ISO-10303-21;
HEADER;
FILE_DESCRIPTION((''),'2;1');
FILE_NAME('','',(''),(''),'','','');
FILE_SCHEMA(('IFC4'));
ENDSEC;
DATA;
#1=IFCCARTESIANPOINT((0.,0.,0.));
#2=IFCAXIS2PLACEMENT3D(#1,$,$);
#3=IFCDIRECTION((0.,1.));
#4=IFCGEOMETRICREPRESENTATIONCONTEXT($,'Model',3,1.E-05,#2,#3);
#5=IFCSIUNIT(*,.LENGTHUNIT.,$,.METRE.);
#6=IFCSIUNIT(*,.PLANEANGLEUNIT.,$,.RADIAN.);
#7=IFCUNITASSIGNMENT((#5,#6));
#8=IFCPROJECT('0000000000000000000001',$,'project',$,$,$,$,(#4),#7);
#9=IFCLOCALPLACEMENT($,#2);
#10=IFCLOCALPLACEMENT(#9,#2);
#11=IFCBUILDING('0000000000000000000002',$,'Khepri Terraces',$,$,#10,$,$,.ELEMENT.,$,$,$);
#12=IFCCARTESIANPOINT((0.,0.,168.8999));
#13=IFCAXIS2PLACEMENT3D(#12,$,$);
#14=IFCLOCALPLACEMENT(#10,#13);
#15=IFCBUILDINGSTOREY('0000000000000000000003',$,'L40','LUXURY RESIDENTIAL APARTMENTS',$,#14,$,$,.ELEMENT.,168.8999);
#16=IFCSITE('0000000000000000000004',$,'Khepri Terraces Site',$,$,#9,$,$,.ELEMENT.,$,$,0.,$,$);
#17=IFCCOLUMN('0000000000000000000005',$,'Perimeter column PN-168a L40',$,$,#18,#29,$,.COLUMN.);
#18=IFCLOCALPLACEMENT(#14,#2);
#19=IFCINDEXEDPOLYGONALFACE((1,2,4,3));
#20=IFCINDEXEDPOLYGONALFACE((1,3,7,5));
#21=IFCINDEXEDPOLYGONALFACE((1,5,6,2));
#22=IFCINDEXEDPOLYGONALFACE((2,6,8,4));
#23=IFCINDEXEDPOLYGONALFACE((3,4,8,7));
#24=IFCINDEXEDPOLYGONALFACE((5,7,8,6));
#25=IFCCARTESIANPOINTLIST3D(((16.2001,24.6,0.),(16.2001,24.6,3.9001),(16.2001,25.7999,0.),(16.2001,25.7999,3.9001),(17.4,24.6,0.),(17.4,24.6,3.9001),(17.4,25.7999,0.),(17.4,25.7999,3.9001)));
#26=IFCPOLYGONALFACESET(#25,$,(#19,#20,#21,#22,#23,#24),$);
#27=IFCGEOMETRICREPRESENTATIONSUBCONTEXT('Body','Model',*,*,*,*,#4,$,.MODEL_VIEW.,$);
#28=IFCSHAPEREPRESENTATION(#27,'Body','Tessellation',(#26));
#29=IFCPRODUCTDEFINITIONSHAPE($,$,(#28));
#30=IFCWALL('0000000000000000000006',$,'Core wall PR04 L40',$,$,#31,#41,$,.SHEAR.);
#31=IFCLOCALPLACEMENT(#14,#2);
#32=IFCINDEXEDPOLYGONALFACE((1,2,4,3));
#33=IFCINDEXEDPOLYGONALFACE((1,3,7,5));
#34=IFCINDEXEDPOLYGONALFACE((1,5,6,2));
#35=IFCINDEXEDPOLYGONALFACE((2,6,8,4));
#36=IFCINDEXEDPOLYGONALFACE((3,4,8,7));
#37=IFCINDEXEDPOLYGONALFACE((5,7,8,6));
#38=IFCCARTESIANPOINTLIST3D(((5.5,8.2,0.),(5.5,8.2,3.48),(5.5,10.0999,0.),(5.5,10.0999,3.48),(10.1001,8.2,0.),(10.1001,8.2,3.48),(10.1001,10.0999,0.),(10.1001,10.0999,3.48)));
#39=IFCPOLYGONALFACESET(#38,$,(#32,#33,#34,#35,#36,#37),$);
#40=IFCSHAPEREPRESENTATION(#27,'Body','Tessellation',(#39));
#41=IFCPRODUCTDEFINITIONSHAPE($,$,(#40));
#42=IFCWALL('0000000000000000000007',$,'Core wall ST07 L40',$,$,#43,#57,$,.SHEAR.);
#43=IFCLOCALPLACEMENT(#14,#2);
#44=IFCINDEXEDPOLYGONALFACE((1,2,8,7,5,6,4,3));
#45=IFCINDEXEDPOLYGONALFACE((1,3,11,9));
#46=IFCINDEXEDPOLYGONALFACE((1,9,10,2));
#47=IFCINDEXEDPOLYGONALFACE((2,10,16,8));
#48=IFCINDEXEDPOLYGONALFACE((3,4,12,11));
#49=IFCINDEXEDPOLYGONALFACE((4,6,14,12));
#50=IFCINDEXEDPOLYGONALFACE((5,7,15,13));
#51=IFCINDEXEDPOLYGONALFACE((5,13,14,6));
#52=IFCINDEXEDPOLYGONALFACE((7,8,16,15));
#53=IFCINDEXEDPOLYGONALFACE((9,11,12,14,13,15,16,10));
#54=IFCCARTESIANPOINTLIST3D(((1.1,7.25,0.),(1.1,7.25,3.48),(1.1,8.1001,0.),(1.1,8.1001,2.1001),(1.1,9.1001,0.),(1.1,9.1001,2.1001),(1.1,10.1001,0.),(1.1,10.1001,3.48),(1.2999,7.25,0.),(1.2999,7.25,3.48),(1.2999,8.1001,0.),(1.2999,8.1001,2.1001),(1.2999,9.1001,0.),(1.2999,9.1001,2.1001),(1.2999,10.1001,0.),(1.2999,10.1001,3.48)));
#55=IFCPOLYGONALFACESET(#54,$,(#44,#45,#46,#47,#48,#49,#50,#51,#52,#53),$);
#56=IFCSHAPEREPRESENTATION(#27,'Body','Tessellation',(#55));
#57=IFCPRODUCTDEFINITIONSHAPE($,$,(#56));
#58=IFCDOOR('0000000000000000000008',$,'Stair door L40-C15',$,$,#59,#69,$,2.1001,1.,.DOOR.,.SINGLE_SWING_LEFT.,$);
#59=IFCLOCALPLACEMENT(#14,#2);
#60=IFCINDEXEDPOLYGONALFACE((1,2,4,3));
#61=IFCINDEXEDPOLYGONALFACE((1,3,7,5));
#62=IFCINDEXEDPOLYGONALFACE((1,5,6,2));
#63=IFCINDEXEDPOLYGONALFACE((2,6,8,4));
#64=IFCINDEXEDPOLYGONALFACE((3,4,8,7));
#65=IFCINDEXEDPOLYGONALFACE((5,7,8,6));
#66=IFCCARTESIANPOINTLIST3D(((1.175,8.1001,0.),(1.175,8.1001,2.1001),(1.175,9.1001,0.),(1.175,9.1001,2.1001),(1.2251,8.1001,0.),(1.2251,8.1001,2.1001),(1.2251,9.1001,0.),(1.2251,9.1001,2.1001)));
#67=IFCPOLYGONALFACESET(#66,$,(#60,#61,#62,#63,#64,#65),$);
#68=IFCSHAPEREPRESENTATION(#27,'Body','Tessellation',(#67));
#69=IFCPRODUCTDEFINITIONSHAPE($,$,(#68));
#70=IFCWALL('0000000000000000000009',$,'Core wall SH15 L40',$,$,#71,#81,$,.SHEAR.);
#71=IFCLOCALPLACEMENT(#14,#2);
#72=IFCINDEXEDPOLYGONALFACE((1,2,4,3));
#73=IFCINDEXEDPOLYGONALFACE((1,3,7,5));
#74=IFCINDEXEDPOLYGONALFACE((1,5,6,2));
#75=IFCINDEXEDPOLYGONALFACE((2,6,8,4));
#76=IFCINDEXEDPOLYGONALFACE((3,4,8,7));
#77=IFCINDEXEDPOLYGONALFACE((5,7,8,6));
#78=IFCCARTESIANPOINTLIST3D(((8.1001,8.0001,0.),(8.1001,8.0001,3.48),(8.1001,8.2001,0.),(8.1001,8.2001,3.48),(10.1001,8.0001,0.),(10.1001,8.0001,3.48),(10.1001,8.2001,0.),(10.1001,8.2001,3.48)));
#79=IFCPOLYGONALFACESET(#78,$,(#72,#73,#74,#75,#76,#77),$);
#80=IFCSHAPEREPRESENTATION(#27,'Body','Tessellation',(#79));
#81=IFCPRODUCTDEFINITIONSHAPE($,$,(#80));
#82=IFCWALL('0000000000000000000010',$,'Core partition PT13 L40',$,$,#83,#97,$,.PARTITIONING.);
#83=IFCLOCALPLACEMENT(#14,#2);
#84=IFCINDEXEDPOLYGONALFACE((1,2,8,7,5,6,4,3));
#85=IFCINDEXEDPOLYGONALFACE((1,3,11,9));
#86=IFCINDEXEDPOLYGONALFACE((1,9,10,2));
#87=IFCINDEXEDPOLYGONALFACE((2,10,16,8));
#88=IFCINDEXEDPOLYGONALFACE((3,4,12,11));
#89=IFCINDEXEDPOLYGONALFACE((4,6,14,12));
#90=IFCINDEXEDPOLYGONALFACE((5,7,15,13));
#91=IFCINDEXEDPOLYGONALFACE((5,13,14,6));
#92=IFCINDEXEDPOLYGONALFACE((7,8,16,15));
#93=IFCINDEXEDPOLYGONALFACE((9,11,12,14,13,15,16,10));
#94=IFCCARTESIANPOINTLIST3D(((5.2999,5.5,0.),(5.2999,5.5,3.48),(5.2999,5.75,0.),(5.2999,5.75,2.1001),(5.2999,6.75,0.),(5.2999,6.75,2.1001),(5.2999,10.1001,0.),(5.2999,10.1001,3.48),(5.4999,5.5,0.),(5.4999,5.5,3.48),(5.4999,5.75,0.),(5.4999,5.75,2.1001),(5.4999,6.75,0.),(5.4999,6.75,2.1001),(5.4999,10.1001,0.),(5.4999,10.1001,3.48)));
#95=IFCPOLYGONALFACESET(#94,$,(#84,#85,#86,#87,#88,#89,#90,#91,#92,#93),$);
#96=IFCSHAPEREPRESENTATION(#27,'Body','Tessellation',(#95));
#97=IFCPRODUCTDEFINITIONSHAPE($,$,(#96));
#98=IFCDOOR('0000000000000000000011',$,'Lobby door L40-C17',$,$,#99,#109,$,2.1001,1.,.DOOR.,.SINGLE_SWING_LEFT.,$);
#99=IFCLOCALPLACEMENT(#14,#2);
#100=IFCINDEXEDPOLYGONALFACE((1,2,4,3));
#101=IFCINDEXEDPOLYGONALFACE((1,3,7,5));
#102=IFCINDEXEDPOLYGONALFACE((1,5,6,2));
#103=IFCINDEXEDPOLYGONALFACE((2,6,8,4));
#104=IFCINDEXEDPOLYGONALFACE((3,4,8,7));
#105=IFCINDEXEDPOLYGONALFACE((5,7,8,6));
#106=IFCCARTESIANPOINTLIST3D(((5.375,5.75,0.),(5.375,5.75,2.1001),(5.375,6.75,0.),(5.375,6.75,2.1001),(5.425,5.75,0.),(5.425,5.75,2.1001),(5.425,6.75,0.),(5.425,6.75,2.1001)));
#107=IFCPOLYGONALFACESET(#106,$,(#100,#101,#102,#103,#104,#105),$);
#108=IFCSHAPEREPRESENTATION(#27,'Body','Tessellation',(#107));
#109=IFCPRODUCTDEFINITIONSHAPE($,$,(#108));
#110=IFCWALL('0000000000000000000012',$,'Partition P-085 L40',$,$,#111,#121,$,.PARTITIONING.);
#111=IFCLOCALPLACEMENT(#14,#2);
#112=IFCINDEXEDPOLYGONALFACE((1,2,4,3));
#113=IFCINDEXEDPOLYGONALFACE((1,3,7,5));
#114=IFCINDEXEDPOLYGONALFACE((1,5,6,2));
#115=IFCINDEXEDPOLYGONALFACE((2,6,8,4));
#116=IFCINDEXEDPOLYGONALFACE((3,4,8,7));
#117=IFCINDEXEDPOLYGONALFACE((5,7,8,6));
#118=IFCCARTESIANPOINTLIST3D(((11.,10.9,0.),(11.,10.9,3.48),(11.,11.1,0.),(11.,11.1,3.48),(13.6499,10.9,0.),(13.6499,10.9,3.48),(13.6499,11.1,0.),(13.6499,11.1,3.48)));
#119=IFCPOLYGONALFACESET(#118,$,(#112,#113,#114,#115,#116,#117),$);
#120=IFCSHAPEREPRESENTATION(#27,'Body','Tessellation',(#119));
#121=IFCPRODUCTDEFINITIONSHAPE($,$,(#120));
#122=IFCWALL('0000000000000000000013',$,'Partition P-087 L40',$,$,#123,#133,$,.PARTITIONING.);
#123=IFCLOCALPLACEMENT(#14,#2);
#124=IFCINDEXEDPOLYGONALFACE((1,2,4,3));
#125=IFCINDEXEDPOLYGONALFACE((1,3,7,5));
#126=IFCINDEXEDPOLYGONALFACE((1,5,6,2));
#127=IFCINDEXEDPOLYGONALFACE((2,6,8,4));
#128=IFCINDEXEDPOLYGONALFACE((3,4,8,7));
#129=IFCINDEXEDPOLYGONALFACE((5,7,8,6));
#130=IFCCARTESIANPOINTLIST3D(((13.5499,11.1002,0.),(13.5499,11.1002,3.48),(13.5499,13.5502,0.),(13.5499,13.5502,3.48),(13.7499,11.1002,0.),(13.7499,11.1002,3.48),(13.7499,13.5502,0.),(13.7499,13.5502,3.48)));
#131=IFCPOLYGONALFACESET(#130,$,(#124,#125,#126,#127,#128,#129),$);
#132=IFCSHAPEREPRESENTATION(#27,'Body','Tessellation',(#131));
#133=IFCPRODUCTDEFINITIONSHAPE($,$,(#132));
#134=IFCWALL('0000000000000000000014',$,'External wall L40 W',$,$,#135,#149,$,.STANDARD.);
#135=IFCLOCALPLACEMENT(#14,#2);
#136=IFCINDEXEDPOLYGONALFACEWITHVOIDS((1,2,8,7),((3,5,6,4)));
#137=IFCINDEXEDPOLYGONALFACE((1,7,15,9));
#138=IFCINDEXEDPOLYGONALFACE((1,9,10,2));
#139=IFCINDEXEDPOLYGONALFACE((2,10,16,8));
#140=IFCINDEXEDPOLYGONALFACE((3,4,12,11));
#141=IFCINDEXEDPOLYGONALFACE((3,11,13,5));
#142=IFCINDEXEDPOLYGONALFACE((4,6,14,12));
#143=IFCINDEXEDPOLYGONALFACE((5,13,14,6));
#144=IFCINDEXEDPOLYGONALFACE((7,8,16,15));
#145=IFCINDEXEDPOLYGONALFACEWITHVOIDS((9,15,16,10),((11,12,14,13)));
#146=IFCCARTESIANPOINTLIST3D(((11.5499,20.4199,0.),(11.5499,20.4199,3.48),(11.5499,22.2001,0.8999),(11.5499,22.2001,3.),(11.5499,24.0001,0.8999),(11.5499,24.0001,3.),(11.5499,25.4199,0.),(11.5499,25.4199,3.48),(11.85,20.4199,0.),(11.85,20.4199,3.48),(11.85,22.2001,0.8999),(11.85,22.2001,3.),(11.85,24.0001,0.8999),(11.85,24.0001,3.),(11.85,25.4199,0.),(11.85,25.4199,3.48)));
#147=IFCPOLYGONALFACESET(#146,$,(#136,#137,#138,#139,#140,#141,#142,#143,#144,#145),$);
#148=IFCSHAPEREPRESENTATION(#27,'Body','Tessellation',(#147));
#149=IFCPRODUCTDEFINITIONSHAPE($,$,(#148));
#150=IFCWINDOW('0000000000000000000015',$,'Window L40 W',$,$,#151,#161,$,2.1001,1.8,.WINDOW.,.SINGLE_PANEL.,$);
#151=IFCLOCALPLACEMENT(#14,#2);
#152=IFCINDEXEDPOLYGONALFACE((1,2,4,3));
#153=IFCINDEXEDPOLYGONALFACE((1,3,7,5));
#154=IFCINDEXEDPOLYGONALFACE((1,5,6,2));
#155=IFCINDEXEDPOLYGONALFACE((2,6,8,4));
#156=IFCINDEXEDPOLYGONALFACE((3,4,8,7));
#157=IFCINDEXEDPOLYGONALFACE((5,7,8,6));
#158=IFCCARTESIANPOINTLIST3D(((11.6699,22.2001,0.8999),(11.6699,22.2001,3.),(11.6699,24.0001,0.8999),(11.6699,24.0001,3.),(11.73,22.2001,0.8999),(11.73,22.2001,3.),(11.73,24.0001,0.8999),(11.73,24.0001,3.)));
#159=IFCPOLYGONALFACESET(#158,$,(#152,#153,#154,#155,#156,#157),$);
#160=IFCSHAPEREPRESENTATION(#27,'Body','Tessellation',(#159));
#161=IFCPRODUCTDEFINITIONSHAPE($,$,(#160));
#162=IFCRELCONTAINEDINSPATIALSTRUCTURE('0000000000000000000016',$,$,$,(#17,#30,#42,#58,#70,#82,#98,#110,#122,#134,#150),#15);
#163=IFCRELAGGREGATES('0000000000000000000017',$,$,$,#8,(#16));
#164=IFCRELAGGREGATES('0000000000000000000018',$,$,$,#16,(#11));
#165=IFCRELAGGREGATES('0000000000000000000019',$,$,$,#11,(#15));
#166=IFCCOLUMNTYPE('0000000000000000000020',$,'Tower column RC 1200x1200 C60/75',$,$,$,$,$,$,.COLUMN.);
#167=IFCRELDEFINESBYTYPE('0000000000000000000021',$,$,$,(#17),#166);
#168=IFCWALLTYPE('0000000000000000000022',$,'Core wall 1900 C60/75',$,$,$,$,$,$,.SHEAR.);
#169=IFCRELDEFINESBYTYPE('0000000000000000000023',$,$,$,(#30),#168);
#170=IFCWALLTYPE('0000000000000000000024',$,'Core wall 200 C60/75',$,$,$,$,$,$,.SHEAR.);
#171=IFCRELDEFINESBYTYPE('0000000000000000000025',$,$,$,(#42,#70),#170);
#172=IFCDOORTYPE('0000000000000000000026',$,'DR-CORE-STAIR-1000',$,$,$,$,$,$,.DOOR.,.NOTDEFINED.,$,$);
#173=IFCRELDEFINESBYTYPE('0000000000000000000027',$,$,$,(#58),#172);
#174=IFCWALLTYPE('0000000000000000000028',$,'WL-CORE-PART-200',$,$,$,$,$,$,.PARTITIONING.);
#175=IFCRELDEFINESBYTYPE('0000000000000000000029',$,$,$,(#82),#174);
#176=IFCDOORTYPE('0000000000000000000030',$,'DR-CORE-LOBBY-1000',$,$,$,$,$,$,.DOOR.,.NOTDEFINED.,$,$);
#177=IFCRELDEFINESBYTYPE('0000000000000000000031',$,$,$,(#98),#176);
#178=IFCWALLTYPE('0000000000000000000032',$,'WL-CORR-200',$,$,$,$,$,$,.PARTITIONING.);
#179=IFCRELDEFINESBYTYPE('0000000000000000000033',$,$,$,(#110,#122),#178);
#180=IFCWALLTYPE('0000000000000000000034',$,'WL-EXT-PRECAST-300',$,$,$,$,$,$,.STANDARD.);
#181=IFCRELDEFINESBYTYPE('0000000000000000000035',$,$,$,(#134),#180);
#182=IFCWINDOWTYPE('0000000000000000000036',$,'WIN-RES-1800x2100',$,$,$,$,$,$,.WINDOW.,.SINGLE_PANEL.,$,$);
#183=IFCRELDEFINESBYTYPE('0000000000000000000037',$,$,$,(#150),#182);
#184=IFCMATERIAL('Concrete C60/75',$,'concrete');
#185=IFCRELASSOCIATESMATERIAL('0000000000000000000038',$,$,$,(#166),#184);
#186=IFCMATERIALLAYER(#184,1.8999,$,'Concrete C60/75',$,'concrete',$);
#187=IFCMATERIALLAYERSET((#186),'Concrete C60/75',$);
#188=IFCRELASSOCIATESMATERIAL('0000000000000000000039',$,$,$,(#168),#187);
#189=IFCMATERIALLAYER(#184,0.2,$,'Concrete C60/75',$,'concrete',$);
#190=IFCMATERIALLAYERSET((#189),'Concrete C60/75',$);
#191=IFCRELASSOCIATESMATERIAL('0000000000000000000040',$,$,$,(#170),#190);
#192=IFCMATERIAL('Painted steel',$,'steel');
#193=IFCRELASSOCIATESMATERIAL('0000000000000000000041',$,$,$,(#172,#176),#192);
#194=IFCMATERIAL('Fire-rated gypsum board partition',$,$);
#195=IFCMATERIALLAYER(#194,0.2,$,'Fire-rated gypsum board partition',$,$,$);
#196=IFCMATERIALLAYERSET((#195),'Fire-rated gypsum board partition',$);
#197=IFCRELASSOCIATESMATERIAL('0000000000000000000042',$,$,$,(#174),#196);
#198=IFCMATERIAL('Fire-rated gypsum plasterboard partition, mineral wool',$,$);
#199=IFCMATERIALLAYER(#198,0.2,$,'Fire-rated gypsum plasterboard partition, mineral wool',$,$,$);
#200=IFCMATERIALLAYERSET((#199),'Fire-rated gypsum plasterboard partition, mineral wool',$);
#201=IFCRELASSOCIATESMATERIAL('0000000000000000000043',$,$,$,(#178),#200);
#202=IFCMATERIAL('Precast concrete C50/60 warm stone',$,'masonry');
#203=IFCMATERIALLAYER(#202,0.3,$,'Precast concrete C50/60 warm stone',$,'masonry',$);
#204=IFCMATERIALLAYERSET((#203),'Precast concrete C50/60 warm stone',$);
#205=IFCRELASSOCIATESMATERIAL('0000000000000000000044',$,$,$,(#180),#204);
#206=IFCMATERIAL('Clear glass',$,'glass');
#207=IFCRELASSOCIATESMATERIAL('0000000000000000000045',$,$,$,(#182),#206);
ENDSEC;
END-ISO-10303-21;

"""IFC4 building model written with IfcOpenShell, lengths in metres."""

from ifc_helpers import new_model, si_unit, direction, frame, frame_2d, origin, origin_2d, place, context, subcontext, project, spatial, rectangle, extrude, material, layer, layer_set, material_profile, profile_set, type_object, element, fill, save


model = new_model("IFC4")

# Units and contexts
model_context = context("Model", 3, precision=1e-05, world=origin(), true_north=direction((0.0, 1.0)))
body_context = subcontext(model_context, "Body", "Model", "MODEL_VIEW")
ifc_project = project(units=[si_unit("LENGTHUNIT", "METRE"), si_unit("PLANEANGLEUNIT", "RADIAN")], contexts=[model_context])

# Site, building, storey
site_placement = place(None, origin())
site = spatial("IfcSite", under=ifc_project, at=site_placement, Name="Khepri Terraces Site", CompositionType="ELEMENT", RefElevation=0.0)
building_placement = place(site_placement, origin())
building = spatial("IfcBuilding", under=site, at=building_placement, Name="Khepri Terraces", CompositionType="ELEMENT")
storey_placement = place(building_placement, frame((0.0, 0.0, 168.8999)))
storey = spatial("IfcBuildingStorey", under=building, at=storey_placement, Name="L40", Description="LUXURY RESIDENTIAL APARTMENTS", CompositionType="ELEMENT", Elevation=168.8999)

# Column
ifc_material_1 = material(Name="Concrete C60/75", Category="concrete")
ifc_material_profile = material_profile(ifc_material_1, rectangle(XDim=1.2, YDim=1.2, at=origin_2d()), Name="Concrete C60/75", Category="concrete")
ifc_profile_set = profile_set([ifc_material_profile], Name="Concrete C60/75")
column_type = type_object("IfcColumnType", Name="Tower column RC 1200x1200 C60/75", PredefinedType="COLUMN", material=ifc_profile_set)
column_placement = place(storey_placement, frame((16.8, 25.2, 0.0), z_axis=(0.0, 0.0, 1.0), x_axis=(1.0, 0.0, 0.0)))
element("IfcColumn", 1, at=column_placement, inside=storey, type_object=column_type, Name="Perimeter column PN-168a L40", PredefinedType="COLUMN", context=body_context, shape_type="SweptSolid", body=[
    extrude(rectangle(XDim=1.2, YDim=1.2, at=origin_2d()), origin(), (0.0, 0.0, 1.0), 3.9001),
])

# Wall
ifc_layer_1 = layer(ifc_material_1, 1.8999, Name="Concrete C60/75", Category="concrete")
ifc_layer_set_1 = layer_set([ifc_layer_1], Name="Concrete C60/75")
wall_type_1 = type_object("IfcWallType", Name="Core wall 1900 C60/75", PredefinedType="SHEAR", material=ifc_layer_set_1)
wall_1_placement = place(storey_placement, frame((5.5, 9.1499, 0.0), z_axis=(0.0, 0.0, 1.0), x_axis=(1.0, 0.0, 0.0)))
element("IfcWall", 2, at=wall_1_placement, inside=storey, type_object=wall_type_1, Name="Core wall PR04 L40", PredefinedType="SHEAR", context=body_context, shape_type="SweptSolid", body=[
    extrude(rectangle(XDim=4.6001, YDim=1.8999, at=frame_2d((2.3, 0.0))), origin(), (0.0, 0.0, 1.0), 3.48),
])

# Wall, opening, door
ifc_layer_2 = layer(ifc_material_1, 0.2, Name="Concrete C60/75", Category="concrete")
ifc_layer_set_2 = layer_set([ifc_layer_2], Name="Concrete C60/75")
wall_type_2 = type_object("IfcWallType", Name="Core wall 200 C60/75", PredefinedType="SHEAR", material=ifc_layer_set_2)
wall_2_placement = place(storey_placement, frame((1.2, 7.25, 0.0), z_axis=(0.0, 0.0, 1.0), x_axis=(0.0, 1.0, 0.0)))
wall_2 = element("IfcWall", 3, at=wall_2_placement, inside=storey, type_object=wall_type_2, Name="Core wall ST07 L40", PredefinedType="SHEAR", context=body_context, shape_type="SweptSolid", body=[
    extrude(rectangle(XDim=2.8501, YDim=0.2, at=frame_2d((1.425, 0.0))), origin(), (0.0, 0.0, 1.0), 3.48),
])
opening_1_placement = place(wall_2_placement, frame((0.8501, 0.0, 0.0)))
opening_1 = element("IfcOpeningElement", 4, at=opening_1_placement, cuts=wall_2, PredefinedType="OPENING", context=body_context, shape_type="SweptSolid", body=[
    extrude(rectangle(XDim=1.0, YDim=2.1001, at=frame_2d((0.5, 1.05))), frame((0.0, 0.1099, 0.0), z_axis=(0.0, -1.0, 0.0), x_axis=(1.0, 0.0, 0.0)), (0.0, 0.0, 1.0), 0.22),
])
ifc_material_2 = material(Name="Painted steel", Category="steel")
door_type_1 = type_object("IfcDoorType", Name="DR-CORE-STAIR-1000", OperationType="NOTDEFINED", PredefinedType="DOOR", material=ifc_material_2)
door_1_placement = place(opening_1_placement, origin())
door_1 = element("IfcDoor", 5, at=door_1_placement, inside=storey, type_object=door_type_1, Name="Stair door L40-C15", OperationType="SINGLE_SWING_LEFT", OverallHeight=2.1001, OverallWidth=1.0, PredefinedType="DOOR", context=body_context, shape_type="SweptSolid", body=[
    extrude(rectangle(XDim=1.0, YDim=2.1001, at=frame_2d((0.5, 1.05))), frame((0.0, 0.0249, 0.0), z_axis=(0.0, -1.0, 0.0), x_axis=(1.0, 0.0, 0.0)), (0.0, 0.0, 1.0), 0.05),
])
fill(opening_1, door_1)

# Wall
wall_3_placement = place(storey_placement, frame((8.1001, 8.1001, 0.0), z_axis=(0.0, 0.0, 1.0), x_axis=(1.0, 0.0, 0.0)))
element("IfcWall", 6, at=wall_3_placement, inside=storey, type_object=wall_type_2, Name="Core wall SH15 L40", PredefinedType="SHEAR", context=body_context, shape_type="SweptSolid", body=[
    extrude(rectangle(XDim=2.0, YDim=0.2, at=frame_2d((1.0, 0.0))), origin(), (0.0, 0.0, 1.0), 3.48),
])

# Wall, opening, door
ifc_material_3 = material(Name="Fire-rated gypsum board partition")
ifc_layer_3 = layer(ifc_material_3, 0.2, Name="Fire-rated gypsum board partition")
ifc_layer_set_3 = layer_set([ifc_layer_3], Name="Fire-rated gypsum board partition")
wall_type_3 = type_object("IfcWallType", Name="WL-CORE-PART-200", PredefinedType="PARTITIONING", material=ifc_layer_set_3)
wall_4_placement = place(storey_placement, frame((5.3999, 5.5, 0.0), z_axis=(0.0, 0.0, 1.0), x_axis=(0.0, 1.0, 0.0)))
wall_4 = element("IfcWall", 7, at=wall_4_placement, inside=storey, type_object=wall_type_3, Name="Core partition PT13 L40", PredefinedType="PARTITIONING", context=body_context, shape_type="SweptSolid", body=[
    extrude(rectangle(XDim=4.6001, YDim=0.2, at=frame_2d((2.3, 0.0))), origin(), (0.0, 0.0, 1.0), 3.48),
])
opening_2_placement = place(wall_4_placement, frame((0.25, 0.0, 0.0)))
opening_2 = element("IfcOpeningElement", 8, at=opening_2_placement, cuts=wall_4, PredefinedType="OPENING", context=body_context, shape_type="SweptSolid", body=[
    extrude(rectangle(XDim=1.0, YDim=2.1001, at=frame_2d((0.5, 1.05))), frame((0.0, 0.1099, 0.0), z_axis=(0.0, -1.0, 0.0), x_axis=(1.0, 0.0, 0.0)), (0.0, 0.0, 1.0), 0.22),
])
door_type_2 = type_object("IfcDoorType", Name="DR-CORE-LOBBY-1000", OperationType="NOTDEFINED", PredefinedType="DOOR", material=ifc_material_2)
door_2_placement = place(opening_2_placement, origin())
door_2 = element("IfcDoor", 9, at=door_2_placement, inside=storey, type_object=door_type_2, Name="Lobby door L40-C17", OperationType="SINGLE_SWING_LEFT", OverallHeight=2.1001, OverallWidth=1.0, PredefinedType="DOOR", context=body_context, shape_type="SweptSolid", body=[
    extrude(rectangle(XDim=1.0, YDim=2.1001, at=frame_2d((0.5, 1.05))), frame((0.0, 0.0249, 0.0), z_axis=(0.0, -1.0, 0.0), x_axis=(1.0, 0.0, 0.0)), (0.0, 0.0, 1.0), 0.05),
])
fill(opening_2, door_2)

# Walls
ifc_material_4 = material(Name="Fire-rated gypsum plasterboard partition, mineral wool")
ifc_layer_4 = layer(ifc_material_4, 0.2, Name="Fire-rated gypsum plasterboard partition, mineral wool")
ifc_layer_set_4 = layer_set([ifc_layer_4], Name="Fire-rated gypsum plasterboard partition, mineral wool")
wall_type_4 = type_object("IfcWallType", Name="WL-CORR-200", PredefinedType="PARTITIONING", material=ifc_layer_set_4)
wall_5_placement = place(storey_placement, frame((11.0, 11.0, 0.0), z_axis=(0.0, 0.0, 1.0), x_axis=(1.0, 0.0, 0.0)))
element("IfcWall", 10, at=wall_5_placement, inside=storey, type_object=wall_type_4, Name="Partition P-085 L40", PredefinedType="PARTITIONING", context=body_context, shape_type="SweptSolid", body=[
    extrude(rectangle(XDim=2.6499, YDim=0.2, at=frame_2d((1.325, 0.0))), origin(), (0.0, 0.0, 1.0), 3.48),
])
wall_6_placement = place(storey_placement, frame((13.6499, 11.1001, 0.0), z_axis=(0.0, 0.0, 1.0), x_axis=(0.0, 1.0, 0.0)))
element("IfcWall", 11, at=wall_6_placement, inside=storey, type_object=wall_type_4, Name="Partition P-087 L40", PredefinedType="PARTITIONING", context=body_context, shape_type="SweptSolid", body=[
    extrude(rectangle(XDim=2.45, YDim=0.2, at=frame_2d((1.2251, 0.0))), origin(), (0.0, 0.0, 1.0), 3.48),
])

# Shared definitions
ifc_material_5 = material(Name="Precast concrete C50/60 warm stone", Category="masonry")
ifc_layer_5 = layer(ifc_material_5, 0.3, Name="Precast concrete C50/60 warm stone", Category="masonry")
ifc_layer_set_5 = layer_set([ifc_layer_5], Name="Precast concrete C50/60 warm stone")
wall_type_5 = type_object("IfcWallType", Name="WL-EXT-PRECAST-300", PredefinedType="STANDARD", material=ifc_layer_set_5)

# Wall, opening, window
wall_7_placement = place(storey_placement, frame((11.7, 25.4199, 0.0), z_axis=(0.0, 0.0, 1.0), x_axis=(0.0, -1.0, 0.0)))
wall_7 = element("IfcWall", 12, at=wall_7_placement, inside=storey, type_object=wall_type_5, Name="External wall L40 W", PredefinedType="STANDARD", context=body_context, shape_type="SweptSolid", body=[
    extrude(rectangle(XDim=5.0, YDim=0.3, at=frame_2d((2.5, 0.0))), origin(), (0.0, 0.0, 1.0), 3.48),
])
opening_3_placement = place(wall_7_placement, frame((1.4199, 0.0, 0.8999)))
opening_3 = element("IfcOpeningElement", 13, at=opening_3_placement, cuts=wall_7, PredefinedType="OPENING", context=body_context, shape_type="SweptSolid", body=[
    extrude(rectangle(XDim=1.8, YDim=2.1001, at=frame_2d((0.8999, 1.05))), frame((0.0, 0.1602, 0.0), z_axis=(0.0, -1.0, 0.0), x_axis=(1.0, 0.0, 0.0)), (0.0, 0.0, 1.0), 0.3201),
])
ifc_material_6 = material(Name="Clear glass", Category="glass")
window_type_1 = type_object("IfcWindowType", Name="WIN-RES-1800x2100", PartitioningType="SINGLE_PANEL", PredefinedType="WINDOW", material=ifc_material_6)
window_1_placement = place(opening_3_placement, origin())
window_1 = element("IfcWindow", 14, at=window_1_placement, inside=storey, type_object=window_type_1, Name="Window L40 W", OverallHeight=2.1001, OverallWidth=1.8, PartitioningType="SINGLE_PANEL", PredefinedType="WINDOW", context=body_context, shape_type="SweptSolid", body=[
    extrude(rectangle(XDim=1.8, YDim=2.1001, at=frame_2d((0.8999, 1.05))), frame((0.0, 0.03, 0.0), z_axis=(0.0, -1.0, 0.0), x_axis=(1.0, 0.0, 0.0)), (0.0, 0.0, 1.0), 0.0601),
])
fill(opening_3, window_1)

save(model, "model.ifc")
